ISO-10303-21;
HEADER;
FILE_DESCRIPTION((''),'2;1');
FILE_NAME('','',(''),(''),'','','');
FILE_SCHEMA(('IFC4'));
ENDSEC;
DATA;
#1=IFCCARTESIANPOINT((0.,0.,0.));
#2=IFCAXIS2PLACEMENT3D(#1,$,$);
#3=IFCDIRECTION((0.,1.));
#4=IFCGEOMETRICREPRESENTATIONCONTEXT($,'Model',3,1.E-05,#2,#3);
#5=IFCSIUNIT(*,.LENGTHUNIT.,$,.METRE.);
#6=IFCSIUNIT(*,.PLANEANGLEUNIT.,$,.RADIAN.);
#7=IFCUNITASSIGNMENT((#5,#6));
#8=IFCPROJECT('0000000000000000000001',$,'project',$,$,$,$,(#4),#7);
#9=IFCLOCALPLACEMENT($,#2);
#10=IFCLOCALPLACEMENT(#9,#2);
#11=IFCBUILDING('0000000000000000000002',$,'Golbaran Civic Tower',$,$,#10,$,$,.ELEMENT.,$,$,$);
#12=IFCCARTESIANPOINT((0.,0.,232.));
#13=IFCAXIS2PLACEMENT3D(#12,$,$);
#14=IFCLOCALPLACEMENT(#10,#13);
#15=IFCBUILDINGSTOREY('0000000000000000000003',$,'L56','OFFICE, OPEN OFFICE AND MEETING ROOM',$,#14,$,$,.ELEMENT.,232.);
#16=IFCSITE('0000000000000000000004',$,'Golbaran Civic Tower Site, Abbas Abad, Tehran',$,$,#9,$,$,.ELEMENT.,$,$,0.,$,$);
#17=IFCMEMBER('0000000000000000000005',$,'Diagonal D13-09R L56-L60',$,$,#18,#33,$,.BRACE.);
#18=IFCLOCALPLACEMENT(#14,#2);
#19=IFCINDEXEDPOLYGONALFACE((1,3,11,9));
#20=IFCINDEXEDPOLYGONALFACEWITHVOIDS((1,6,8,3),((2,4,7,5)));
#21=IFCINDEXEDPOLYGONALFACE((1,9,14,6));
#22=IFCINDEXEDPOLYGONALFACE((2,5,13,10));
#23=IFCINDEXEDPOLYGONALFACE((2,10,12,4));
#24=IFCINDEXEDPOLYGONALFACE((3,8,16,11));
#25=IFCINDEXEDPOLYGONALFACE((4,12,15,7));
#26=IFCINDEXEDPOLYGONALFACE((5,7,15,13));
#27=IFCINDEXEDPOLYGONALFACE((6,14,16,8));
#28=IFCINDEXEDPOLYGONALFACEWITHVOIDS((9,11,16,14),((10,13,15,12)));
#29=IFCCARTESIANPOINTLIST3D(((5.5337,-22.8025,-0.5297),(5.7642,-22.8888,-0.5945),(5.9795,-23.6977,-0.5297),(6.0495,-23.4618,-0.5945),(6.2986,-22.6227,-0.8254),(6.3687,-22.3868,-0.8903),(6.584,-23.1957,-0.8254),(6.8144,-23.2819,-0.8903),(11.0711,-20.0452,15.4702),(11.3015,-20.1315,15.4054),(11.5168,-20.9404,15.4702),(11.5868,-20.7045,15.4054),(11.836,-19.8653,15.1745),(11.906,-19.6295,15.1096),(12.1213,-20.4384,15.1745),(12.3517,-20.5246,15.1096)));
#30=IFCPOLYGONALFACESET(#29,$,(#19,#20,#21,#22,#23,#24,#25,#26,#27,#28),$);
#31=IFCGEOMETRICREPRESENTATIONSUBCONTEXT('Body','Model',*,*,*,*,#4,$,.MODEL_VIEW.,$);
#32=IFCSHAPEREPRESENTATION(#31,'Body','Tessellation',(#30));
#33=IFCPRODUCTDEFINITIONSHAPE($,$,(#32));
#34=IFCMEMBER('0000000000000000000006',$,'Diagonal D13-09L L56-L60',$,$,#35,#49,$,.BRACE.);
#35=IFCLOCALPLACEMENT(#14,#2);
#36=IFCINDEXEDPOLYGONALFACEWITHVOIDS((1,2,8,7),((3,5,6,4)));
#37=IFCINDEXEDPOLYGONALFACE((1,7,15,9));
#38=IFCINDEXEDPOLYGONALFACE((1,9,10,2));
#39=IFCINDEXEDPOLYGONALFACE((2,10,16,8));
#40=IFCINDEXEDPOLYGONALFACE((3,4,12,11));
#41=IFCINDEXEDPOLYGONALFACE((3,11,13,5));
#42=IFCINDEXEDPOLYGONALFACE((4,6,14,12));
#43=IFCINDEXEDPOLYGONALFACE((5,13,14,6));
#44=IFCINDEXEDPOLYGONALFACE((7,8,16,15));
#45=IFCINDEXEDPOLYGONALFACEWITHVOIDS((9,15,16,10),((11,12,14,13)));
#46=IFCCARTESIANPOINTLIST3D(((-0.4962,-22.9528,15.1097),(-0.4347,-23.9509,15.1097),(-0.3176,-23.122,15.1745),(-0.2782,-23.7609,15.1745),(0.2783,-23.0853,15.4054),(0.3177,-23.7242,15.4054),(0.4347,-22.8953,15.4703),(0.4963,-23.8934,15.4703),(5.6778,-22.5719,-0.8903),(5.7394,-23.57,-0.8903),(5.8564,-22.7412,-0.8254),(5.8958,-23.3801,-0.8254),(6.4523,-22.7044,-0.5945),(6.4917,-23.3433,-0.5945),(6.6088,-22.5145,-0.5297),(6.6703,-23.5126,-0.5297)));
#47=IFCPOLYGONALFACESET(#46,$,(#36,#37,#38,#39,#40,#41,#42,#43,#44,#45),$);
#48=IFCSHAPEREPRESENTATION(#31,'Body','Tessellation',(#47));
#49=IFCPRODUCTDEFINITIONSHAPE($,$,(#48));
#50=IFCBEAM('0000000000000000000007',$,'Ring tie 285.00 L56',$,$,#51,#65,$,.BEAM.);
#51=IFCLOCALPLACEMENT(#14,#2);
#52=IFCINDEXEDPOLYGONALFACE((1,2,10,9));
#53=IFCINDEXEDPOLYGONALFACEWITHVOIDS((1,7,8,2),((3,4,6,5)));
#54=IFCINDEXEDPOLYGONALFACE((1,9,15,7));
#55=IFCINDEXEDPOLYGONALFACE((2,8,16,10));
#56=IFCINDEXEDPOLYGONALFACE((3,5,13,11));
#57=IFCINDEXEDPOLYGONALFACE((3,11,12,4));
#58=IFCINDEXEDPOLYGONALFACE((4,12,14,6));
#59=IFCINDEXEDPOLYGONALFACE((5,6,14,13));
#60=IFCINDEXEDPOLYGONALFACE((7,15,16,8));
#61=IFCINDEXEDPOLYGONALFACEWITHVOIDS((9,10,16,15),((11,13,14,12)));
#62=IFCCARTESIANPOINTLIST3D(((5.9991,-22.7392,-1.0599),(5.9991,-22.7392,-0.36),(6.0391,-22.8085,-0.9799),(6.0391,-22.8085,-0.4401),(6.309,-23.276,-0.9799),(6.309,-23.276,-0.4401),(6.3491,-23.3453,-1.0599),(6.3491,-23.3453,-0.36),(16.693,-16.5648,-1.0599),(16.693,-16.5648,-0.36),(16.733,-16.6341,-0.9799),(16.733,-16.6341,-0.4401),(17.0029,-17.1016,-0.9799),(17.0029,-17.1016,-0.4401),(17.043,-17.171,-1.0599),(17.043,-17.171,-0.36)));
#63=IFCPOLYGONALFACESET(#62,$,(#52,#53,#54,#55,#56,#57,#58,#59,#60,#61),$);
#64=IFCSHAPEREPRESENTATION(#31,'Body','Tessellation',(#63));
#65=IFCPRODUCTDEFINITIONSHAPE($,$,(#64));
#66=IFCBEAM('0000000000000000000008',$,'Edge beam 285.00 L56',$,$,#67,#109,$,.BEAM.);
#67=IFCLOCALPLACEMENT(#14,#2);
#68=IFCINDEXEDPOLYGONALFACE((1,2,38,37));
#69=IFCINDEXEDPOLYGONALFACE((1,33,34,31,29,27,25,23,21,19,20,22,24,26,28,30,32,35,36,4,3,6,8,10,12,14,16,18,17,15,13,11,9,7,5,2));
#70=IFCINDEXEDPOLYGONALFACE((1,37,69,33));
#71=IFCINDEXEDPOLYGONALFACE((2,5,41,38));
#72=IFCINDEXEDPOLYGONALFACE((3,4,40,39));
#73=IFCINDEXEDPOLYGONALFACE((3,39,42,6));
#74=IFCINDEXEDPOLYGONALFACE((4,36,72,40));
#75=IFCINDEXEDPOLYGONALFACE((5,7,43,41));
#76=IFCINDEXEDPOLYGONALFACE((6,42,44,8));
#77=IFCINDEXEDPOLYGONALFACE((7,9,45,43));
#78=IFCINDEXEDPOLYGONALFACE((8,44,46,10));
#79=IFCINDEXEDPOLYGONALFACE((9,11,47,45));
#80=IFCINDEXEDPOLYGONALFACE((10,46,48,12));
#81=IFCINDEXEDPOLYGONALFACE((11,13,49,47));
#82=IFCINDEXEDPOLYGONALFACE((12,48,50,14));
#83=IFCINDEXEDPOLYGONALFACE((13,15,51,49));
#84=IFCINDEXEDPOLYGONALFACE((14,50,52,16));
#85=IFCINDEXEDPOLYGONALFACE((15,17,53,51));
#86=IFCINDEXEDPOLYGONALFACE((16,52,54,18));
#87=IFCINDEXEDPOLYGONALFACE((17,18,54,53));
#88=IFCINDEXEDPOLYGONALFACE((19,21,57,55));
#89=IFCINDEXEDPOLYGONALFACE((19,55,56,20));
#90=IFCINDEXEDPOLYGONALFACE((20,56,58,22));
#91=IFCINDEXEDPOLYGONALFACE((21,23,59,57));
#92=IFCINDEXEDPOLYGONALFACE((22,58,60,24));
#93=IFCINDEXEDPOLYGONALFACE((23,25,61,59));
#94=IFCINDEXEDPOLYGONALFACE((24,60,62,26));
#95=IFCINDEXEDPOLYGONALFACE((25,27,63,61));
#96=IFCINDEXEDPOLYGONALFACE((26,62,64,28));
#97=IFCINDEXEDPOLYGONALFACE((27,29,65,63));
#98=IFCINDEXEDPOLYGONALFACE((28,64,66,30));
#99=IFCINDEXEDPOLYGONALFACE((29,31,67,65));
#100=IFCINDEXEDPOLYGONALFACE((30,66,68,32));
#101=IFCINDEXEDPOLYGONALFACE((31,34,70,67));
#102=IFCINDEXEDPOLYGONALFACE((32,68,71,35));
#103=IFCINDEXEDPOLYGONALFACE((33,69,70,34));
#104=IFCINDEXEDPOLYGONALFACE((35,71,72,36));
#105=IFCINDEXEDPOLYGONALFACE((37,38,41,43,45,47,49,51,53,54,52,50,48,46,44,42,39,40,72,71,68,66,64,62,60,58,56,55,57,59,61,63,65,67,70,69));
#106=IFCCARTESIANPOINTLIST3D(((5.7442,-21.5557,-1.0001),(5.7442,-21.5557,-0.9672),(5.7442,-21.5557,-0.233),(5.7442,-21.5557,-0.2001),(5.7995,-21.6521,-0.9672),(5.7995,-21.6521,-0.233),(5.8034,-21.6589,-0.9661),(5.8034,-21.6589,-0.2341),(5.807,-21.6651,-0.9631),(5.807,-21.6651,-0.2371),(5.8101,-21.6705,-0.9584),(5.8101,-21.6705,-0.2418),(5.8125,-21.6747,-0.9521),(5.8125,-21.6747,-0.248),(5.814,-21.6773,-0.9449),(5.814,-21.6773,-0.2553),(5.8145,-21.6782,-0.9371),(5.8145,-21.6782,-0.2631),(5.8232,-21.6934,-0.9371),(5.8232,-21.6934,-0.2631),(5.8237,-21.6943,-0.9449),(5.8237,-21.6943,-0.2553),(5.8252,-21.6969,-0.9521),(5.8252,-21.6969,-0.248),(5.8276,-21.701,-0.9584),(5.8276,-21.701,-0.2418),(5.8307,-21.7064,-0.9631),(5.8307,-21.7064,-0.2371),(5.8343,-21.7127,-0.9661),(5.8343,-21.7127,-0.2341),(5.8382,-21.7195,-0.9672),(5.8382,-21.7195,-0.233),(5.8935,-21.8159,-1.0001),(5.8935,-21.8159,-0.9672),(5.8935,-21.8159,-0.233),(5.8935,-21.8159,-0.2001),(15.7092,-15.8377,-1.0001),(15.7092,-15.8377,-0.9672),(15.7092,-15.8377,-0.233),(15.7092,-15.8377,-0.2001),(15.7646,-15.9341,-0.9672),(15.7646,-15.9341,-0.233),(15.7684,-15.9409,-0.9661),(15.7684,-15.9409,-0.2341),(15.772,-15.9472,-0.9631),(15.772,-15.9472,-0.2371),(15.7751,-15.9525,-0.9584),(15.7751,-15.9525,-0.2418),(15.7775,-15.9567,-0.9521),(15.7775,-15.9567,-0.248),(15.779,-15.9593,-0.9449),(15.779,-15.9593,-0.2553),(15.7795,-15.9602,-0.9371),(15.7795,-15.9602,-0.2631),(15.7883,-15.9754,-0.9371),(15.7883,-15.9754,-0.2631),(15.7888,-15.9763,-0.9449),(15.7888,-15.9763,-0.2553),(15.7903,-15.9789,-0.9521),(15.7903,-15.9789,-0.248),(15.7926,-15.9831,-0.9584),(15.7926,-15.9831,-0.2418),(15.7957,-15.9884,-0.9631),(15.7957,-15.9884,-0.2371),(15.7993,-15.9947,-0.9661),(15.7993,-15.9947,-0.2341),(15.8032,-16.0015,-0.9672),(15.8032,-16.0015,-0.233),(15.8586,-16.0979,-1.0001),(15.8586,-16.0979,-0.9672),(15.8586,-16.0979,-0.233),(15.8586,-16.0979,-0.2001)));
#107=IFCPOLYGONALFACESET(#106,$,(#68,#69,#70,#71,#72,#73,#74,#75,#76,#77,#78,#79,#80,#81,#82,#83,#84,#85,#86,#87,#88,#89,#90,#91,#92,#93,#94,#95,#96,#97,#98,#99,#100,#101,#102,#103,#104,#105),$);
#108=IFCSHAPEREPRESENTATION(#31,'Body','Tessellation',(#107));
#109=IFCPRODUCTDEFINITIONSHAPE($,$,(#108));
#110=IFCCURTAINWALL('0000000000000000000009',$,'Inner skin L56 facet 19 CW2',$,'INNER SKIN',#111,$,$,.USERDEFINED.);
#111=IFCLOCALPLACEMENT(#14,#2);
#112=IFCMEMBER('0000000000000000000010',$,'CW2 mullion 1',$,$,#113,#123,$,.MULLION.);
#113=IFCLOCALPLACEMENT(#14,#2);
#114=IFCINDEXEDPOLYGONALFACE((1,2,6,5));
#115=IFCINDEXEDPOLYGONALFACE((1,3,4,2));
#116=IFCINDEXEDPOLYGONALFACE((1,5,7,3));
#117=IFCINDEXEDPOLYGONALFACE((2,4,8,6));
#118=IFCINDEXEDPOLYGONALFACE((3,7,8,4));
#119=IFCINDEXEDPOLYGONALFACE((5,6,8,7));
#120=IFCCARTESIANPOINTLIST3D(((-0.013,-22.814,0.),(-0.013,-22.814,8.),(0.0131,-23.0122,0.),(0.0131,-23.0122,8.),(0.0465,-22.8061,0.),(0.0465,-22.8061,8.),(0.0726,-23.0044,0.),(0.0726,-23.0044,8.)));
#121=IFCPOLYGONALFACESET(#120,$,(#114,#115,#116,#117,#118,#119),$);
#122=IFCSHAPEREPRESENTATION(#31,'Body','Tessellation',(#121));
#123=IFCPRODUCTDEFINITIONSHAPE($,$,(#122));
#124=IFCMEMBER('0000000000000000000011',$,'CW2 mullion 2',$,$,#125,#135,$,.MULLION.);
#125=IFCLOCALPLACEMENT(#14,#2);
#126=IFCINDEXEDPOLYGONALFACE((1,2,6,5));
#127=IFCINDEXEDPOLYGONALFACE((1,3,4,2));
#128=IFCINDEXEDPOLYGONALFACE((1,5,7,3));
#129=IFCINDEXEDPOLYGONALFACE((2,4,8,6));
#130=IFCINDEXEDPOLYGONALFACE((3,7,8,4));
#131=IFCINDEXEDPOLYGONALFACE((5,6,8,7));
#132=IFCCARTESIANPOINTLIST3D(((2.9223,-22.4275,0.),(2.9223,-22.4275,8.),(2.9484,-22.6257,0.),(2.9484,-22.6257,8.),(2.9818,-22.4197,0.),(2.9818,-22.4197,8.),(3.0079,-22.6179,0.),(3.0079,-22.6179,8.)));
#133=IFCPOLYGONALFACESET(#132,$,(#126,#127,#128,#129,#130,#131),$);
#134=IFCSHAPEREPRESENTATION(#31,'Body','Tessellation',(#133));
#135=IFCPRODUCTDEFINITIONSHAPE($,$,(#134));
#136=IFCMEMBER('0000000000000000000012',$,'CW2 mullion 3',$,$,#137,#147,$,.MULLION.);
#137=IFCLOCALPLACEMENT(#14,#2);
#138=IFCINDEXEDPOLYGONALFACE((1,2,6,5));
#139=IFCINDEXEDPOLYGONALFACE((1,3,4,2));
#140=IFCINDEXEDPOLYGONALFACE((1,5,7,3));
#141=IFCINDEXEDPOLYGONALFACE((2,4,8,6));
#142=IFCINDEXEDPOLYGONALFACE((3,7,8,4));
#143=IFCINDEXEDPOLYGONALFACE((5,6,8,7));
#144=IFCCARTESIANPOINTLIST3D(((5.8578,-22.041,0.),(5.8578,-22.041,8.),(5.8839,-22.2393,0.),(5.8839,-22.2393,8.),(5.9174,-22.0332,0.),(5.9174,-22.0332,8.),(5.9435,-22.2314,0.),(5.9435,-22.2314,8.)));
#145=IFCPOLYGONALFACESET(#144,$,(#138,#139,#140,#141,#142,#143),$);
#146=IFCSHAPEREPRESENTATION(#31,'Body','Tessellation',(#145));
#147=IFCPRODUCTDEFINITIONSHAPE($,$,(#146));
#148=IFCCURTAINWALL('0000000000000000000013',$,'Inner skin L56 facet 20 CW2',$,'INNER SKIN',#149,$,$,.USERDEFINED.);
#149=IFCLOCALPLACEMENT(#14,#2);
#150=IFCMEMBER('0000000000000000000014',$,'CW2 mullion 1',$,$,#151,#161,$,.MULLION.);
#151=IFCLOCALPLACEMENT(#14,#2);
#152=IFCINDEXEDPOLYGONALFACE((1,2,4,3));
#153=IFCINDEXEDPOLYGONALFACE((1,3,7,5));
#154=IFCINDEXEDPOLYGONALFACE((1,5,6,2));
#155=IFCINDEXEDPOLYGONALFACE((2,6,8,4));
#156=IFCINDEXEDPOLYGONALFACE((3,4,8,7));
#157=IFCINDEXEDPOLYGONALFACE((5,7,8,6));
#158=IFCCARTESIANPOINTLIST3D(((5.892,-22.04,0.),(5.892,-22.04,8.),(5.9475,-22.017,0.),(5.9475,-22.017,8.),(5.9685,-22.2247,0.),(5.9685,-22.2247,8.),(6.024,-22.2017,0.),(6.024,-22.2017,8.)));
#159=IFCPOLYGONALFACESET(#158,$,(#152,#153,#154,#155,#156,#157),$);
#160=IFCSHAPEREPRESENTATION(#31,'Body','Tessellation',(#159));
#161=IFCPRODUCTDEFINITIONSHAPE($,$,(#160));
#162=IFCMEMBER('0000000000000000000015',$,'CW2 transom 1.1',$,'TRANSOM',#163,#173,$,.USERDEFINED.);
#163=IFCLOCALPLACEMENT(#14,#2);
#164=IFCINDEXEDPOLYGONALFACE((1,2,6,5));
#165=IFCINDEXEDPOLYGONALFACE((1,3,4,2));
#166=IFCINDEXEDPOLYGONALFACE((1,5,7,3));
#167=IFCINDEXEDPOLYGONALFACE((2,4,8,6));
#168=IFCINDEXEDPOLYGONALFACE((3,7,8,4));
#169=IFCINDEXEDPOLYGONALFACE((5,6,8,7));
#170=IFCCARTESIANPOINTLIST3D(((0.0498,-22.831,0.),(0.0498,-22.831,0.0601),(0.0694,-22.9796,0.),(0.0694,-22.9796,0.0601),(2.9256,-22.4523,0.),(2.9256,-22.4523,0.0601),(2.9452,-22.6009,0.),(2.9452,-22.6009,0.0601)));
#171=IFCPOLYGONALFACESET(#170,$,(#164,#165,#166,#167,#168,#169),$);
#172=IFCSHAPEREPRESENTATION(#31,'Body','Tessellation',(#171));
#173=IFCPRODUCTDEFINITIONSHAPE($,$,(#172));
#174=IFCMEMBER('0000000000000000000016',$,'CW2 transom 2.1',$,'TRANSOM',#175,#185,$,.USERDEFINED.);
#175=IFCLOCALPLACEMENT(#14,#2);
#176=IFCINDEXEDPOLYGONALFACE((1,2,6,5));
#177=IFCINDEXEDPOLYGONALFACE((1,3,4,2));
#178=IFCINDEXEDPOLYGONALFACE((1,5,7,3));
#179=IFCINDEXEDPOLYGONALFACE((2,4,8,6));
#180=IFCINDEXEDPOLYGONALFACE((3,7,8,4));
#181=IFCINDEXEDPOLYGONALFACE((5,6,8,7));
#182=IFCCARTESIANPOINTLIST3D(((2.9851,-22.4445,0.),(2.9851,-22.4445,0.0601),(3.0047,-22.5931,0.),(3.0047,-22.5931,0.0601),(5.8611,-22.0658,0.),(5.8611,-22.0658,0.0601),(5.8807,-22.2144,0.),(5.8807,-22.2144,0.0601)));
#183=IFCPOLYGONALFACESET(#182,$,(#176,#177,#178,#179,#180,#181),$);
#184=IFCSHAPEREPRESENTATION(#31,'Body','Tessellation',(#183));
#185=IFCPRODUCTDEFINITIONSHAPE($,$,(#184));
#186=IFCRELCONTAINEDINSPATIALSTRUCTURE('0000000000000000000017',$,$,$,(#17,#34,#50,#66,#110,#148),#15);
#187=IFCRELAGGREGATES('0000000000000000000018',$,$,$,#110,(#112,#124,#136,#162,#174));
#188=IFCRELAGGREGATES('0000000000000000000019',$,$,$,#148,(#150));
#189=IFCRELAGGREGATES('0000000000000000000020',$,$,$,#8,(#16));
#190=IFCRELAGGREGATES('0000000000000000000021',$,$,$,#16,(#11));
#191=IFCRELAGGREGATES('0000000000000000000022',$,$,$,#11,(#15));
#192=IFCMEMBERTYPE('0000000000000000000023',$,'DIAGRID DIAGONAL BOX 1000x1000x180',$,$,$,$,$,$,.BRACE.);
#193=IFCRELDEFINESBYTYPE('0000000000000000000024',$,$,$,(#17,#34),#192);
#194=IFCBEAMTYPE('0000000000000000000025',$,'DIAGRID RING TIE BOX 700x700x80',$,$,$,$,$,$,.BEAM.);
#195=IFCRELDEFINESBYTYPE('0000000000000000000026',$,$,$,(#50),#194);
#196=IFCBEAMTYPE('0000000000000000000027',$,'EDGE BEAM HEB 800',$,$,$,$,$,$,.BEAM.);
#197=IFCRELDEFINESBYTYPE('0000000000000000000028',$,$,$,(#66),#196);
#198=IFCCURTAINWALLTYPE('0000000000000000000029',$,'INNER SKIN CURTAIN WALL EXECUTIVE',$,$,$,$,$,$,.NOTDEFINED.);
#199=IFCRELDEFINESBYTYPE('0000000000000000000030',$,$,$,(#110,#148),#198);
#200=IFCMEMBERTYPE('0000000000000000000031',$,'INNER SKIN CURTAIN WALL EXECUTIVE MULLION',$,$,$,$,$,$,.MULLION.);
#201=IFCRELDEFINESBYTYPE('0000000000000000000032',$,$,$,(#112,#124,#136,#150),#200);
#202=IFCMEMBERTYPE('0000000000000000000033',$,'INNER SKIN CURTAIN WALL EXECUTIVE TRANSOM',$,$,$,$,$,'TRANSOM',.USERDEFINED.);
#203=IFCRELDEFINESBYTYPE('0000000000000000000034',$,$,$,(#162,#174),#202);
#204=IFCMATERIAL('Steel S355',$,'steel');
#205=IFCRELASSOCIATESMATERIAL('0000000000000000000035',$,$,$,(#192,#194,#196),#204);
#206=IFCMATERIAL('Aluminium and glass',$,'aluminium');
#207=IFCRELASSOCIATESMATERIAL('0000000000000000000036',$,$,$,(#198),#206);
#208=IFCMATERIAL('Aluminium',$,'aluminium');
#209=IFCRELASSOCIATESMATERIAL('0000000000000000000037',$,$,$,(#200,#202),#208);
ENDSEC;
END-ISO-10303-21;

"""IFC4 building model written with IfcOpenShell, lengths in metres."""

from ifc_helpers import new_model, si_unit, direction, frame, origin, origin_2d, place, context, subcontext, project, spatial, rectangle, hollow_rectangle, i_section, extrude, material, material_profile, profile_set, type_object, element, aggregate, save


model = new_model("IFC4")

# Units and contexts
model_context = context("Model", 3, precision=1e-05, world=origin(), true_north=direction((0.0, 1.0)))
body_context = subcontext(model_context, "Body", "Model", "MODEL_VIEW")
ifc_project = project(units=[si_unit("LENGTHUNIT", "METRE"), si_unit("PLANEANGLEUNIT", "RADIAN")], contexts=[model_context])

# Site, building, storey
site_placement = place(None, origin())
site = spatial("IfcSite", under=ifc_project, at=site_placement, Name="Golbaran Civic Tower Site, Abbas Abad, Tehran", CompositionType="ELEMENT", RefElevation=0.0)
building_placement = place(site_placement, origin())
building = spatial("IfcBuilding", under=site, at=building_placement, Name="Golbaran Civic Tower", CompositionType="ELEMENT")
storey_placement = place(building_placement, frame((0.0, 0.0, 232.0)))
storey = spatial("IfcBuildingStorey", under=building, at=storey_placement, Name="L56", Description="OFFICE, OPEN OFFICE AND MEETING ROOM", CompositionType="ELEMENT", Elevation=232.0)

# Members
ifc_material_1 = material(Name="Steel S355", Category="steel")
ifc_material_profile_1 = material_profile(ifc_material_1, hollow_rectangle(XDim=1.0, YDim=1.0, WallThickness=0.1799, at=origin_2d()), Name="BOX 1000x1000x180")
ifc_profile_set_1 = profile_set([ifc_material_profile_1], Name="Steel S355")
member_type_1 = type_object("IfcMemberType", Name="DIAGRID DIAGONAL BOX 1000x1000x180", PredefinedType="BRACE", material=ifc_profile_set_1)
for number, where, z_axis, x_axis, name in (
    (1, (6.1741, -23.0422, -0.71), (0.3228, 0.160738, 0.932718), (-0.445745, 0.89516, 0.0), "Diagonal D13-09R L56-L60"),
    (2, (6.1741, -23.0422, -0.71), (-0.359918, -0.022202, 0.93272), (0.06157, -0.998103, 0.0), "Diagonal D13-09L L56-L60"),
):
    element("IfcMember", number, at=place(storey_placement, frame(where, z_axis=z_axis, x_axis=x_axis)), inside=storey, type_object=member_type_1, Name=name, PredefinedType="BRACE", context=body_context, shape_type="SweptSolid", body=[
        extrude(hollow_rectangle(XDim=1.0, YDim=1.0, WallThickness=0.1799, at=origin_2d()), origin(), (0.0, 0.0, 1.0), 17.1541),
    ])

# Beams
ifc_material_profile_2 = material_profile(ifc_material_1, hollow_rectangle(XDim=0.7, YDim=0.7, WallThickness=0.0801, at=origin_2d()), Name="BOX 700x700x80")
ifc_profile_set_2 = profile_set([ifc_material_profile_2], Name="Steel S355")
beam_type_1 = type_object("IfcBeamType", Name="DIAGRID RING TIE BOX 700x700x80", PredefinedType="BEAM", material=ifc_profile_set_2)
beam_1_placement = place(storey_placement, frame((6.1741, -23.0422, -0.71), z_axis=(0.866018, 0.500013, 0.0), x_axis=(-0.500013, 0.866018, 0.0)))
element("IfcBeam", 3, at=beam_1_placement, inside=storey, type_object=beam_type_1, Name="Ring tie 285.00 L56", PredefinedType="BEAM", context=body_context, shape_type="SweptSolid", body=[
    extrude(hollow_rectangle(XDim=0.7, YDim=0.7, WallThickness=0.0801, at=origin_2d()), origin(), (0.0, 0.0, 1.0), 12.3484),
])
ifc_material_profile_3 = material_profile(ifc_material_1, i_section(OverallWidth=0.3, OverallDepth=0.8, WebThickness=0.0176, FlangeThickness=0.033, FilletRadius=0.03, at=origin_2d()), Name="HEB 800")
ifc_profile_set_3 = profile_set([ifc_material_profile_3], Name="Steel S355")
beam_type_2 = type_object("IfcBeamType", Name="EDGE BEAM HEB 800", PredefinedType="BEAM", material=ifc_profile_set_3)
beam_2_placement = place(storey_placement, frame((5.8188, -21.6858, -0.6001), z_axis=(0.867354, 0.497692, 0.0), x_axis=(-0.497692, 0.867354, 0.0)))
element("IfcBeam", 4, at=beam_2_placement, inside=storey, type_object=beam_type_2, Name="Edge beam 285.00 L56", PredefinedType="BEAM", context=body_context, shape_type="SweptSolid", body=[
    extrude(i_section(OverallWidth=0.3, OverallDepth=0.8, WebThickness=0.0176, FlangeThickness=0.033, FilletRadius=0.03, at=origin_2d()), origin(), (0.0, 0.0, 1.0), 11.489),
])

# Curtain wall, members
ifc_material_2 = material(Name="Aluminium and glass", Category="aluminium")
curtain_wall_type_1 = type_object("IfcCurtainWallType", Name="INNER SKIN CURTAIN WALL EXECUTIVE", PredefinedType="NOTDEFINED", material=ifc_material_2)
curtain_wall_1_placement = place(storey_placement, origin())
curtain_wall_1 = element("IfcCurtainWall", 5, at=curtain_wall_1_placement, inside=storey, type_object=curtain_wall_type_1, Name="Inner skin L56 facet 19 CW2", ObjectType="INNER SKIN", PredefinedType="USERDEFINED")
ifc_material_3 = material(Name="Aluminium", Category="aluminium")
ifc_material_profile_4 = material_profile(ifc_material_3, rectangle(XDim=0.2, YDim=0.0601, at=origin_2d()), Name="INNER SKIN CURTAIN WALL EXECUTIVE MULLION")
ifc_profile_set_4 = profile_set([ifc_material_profile_4], Name="Aluminium")
member_type_2 = type_object("IfcMemberType", Name="INNER SKIN CURTAIN WALL EXECUTIVE MULLION", PredefinedType="MULLION", material=ifc_profile_set_4)
member_1_placement = place(storey_placement, frame((0.0298, -22.9092, 0.0), z_axis=(0.0, 0.0, 1.0), x_axis=(-0.130526, 0.991445, 0.0)))
member_1 = element("IfcMember", 6, at=member_1_placement, type_object=member_type_2, Name="CW2 mullion 1", PredefinedType="MULLION", context=body_context, shape_type="SweptSolid", body=[
    extrude(rectangle(XDim=0.2, YDim=0.0601, at=origin_2d()), origin(), (0.0, 0.0, 1.0), 8.0),
])
member_2_placement = place(storey_placement, frame((2.9651, -22.5227, 0.0), z_axis=(0.0, 0.0, 1.0), x_axis=(-0.130526, 0.991445, 0.0)))
member_2 = element("IfcMember", 7, at=member_2_placement, type_object=member_type_2, Name="CW2 mullion 2", PredefinedType="MULLION", context=body_context, shape_type="SweptSolid", body=[
    extrude(rectangle(XDim=0.2, YDim=0.0601, at=origin_2d()), origin(), (0.0, 0.0, 1.0), 8.0),
])
member_3_placement = place(storey_placement, frame((5.9006, -22.1362, 0.0), z_axis=(0.0, 0.0, 1.0), x_axis=(-0.130526, 0.991445, 0.0)))
member_3 = element("IfcMember", 8, at=member_3_placement, type_object=member_type_2, Name="CW2 mullion 3", PredefinedType="MULLION", context=body_context, shape_type="SweptSolid", body=[
    extrude(rectangle(XDim=0.2, YDim=0.0601, at=origin_2d()), origin(), (0.0, 0.0, 1.0), 8.0),
])

# Curtain wall, member
curtain_wall_2_placement = place(storey_placement, origin())
curtain_wall_2 = element("IfcCurtainWall", 9, at=curtain_wall_2_placement, inside=storey, type_object=curtain_wall_type_1, Name="Inner skin L56 facet 20 CW2", ObjectType="INNER SKIN", PredefinedType="USERDEFINED")
member_4_placement = place(storey_placement, frame((5.958, -22.1208, 0.0), z_axis=(0.0, 0.0, 1.0), x_axis=(-0.382683, 0.92388, 0.0)))
member_4 = element("IfcMember", 10, at=member_4_placement, type_object=member_type_2, Name="CW2 mullion 1", PredefinedType="MULLION", context=body_context, shape_type="SweptSolid", body=[
    extrude(rectangle(XDim=0.2, YDim=0.0601, at=origin_2d()), origin(), (0.0, 0.0, 1.0), 8.0),
])

# Members
ifc_material_profile_5 = material_profile(ifc_material_3, rectangle(XDim=0.1499, YDim=0.0601, at=origin_2d()), Name="INNER SKIN CURTAIN WALL EXECUTIVE TRANSOM")
ifc_profile_set_5 = profile_set([ifc_material_profile_5], Name="Aluminium")
member_type_3 = type_object("IfcMemberType", Name="INNER SKIN CURTAIN WALL EXECUTIVE TRANSOM", ElementType="TRANSOM", PredefinedType="USERDEFINED", material=ifc_profile_set_5)
member_5_placement = place(storey_placement, frame((0.0596, -22.9053, 0.03), z_axis=(0.991442, 0.130548, 0.0), x_axis=(-0.130548, 0.991442, 0.0)))
member_5 = element("IfcMember", 11, at=member_5_placement, type_object=member_type_3, Name="CW2 transom 1.1", ObjectType="TRANSOM", PredefinedType="USERDEFINED", context=body_context, shape_type="SweptSolid", body=[
    extrude(rectangle(XDim=0.1499, YDim=0.0601, at=origin_2d()), origin(), (0.0, 0.0, 1.0), 2.9006),
])
member_6_placement = place(storey_placement, frame((2.9949, -22.5188, 0.03), z_axis=(0.991443, 0.130537, 0.0), x_axis=(-0.130537, 0.991443, 0.0)))
member_6 = element("IfcMember", 12, at=member_6_placement, type_object=member_type_3, Name="CW2 transom 2.1", ObjectType="TRANSOM", PredefinedType="USERDEFINED", context=body_context, shape_type="SweptSolid", body=[
    extrude(rectangle(XDim=0.1499, YDim=0.0601, at=origin_2d()), origin(), (0.0, 0.0, 1.0), 2.9009),
])

aggregate(curtain_wall_1, [member_1, member_2, member_3, member_5, member_6])
aggregate(curtain_wall_2, [member_4])

save(model, "model.ifc")
